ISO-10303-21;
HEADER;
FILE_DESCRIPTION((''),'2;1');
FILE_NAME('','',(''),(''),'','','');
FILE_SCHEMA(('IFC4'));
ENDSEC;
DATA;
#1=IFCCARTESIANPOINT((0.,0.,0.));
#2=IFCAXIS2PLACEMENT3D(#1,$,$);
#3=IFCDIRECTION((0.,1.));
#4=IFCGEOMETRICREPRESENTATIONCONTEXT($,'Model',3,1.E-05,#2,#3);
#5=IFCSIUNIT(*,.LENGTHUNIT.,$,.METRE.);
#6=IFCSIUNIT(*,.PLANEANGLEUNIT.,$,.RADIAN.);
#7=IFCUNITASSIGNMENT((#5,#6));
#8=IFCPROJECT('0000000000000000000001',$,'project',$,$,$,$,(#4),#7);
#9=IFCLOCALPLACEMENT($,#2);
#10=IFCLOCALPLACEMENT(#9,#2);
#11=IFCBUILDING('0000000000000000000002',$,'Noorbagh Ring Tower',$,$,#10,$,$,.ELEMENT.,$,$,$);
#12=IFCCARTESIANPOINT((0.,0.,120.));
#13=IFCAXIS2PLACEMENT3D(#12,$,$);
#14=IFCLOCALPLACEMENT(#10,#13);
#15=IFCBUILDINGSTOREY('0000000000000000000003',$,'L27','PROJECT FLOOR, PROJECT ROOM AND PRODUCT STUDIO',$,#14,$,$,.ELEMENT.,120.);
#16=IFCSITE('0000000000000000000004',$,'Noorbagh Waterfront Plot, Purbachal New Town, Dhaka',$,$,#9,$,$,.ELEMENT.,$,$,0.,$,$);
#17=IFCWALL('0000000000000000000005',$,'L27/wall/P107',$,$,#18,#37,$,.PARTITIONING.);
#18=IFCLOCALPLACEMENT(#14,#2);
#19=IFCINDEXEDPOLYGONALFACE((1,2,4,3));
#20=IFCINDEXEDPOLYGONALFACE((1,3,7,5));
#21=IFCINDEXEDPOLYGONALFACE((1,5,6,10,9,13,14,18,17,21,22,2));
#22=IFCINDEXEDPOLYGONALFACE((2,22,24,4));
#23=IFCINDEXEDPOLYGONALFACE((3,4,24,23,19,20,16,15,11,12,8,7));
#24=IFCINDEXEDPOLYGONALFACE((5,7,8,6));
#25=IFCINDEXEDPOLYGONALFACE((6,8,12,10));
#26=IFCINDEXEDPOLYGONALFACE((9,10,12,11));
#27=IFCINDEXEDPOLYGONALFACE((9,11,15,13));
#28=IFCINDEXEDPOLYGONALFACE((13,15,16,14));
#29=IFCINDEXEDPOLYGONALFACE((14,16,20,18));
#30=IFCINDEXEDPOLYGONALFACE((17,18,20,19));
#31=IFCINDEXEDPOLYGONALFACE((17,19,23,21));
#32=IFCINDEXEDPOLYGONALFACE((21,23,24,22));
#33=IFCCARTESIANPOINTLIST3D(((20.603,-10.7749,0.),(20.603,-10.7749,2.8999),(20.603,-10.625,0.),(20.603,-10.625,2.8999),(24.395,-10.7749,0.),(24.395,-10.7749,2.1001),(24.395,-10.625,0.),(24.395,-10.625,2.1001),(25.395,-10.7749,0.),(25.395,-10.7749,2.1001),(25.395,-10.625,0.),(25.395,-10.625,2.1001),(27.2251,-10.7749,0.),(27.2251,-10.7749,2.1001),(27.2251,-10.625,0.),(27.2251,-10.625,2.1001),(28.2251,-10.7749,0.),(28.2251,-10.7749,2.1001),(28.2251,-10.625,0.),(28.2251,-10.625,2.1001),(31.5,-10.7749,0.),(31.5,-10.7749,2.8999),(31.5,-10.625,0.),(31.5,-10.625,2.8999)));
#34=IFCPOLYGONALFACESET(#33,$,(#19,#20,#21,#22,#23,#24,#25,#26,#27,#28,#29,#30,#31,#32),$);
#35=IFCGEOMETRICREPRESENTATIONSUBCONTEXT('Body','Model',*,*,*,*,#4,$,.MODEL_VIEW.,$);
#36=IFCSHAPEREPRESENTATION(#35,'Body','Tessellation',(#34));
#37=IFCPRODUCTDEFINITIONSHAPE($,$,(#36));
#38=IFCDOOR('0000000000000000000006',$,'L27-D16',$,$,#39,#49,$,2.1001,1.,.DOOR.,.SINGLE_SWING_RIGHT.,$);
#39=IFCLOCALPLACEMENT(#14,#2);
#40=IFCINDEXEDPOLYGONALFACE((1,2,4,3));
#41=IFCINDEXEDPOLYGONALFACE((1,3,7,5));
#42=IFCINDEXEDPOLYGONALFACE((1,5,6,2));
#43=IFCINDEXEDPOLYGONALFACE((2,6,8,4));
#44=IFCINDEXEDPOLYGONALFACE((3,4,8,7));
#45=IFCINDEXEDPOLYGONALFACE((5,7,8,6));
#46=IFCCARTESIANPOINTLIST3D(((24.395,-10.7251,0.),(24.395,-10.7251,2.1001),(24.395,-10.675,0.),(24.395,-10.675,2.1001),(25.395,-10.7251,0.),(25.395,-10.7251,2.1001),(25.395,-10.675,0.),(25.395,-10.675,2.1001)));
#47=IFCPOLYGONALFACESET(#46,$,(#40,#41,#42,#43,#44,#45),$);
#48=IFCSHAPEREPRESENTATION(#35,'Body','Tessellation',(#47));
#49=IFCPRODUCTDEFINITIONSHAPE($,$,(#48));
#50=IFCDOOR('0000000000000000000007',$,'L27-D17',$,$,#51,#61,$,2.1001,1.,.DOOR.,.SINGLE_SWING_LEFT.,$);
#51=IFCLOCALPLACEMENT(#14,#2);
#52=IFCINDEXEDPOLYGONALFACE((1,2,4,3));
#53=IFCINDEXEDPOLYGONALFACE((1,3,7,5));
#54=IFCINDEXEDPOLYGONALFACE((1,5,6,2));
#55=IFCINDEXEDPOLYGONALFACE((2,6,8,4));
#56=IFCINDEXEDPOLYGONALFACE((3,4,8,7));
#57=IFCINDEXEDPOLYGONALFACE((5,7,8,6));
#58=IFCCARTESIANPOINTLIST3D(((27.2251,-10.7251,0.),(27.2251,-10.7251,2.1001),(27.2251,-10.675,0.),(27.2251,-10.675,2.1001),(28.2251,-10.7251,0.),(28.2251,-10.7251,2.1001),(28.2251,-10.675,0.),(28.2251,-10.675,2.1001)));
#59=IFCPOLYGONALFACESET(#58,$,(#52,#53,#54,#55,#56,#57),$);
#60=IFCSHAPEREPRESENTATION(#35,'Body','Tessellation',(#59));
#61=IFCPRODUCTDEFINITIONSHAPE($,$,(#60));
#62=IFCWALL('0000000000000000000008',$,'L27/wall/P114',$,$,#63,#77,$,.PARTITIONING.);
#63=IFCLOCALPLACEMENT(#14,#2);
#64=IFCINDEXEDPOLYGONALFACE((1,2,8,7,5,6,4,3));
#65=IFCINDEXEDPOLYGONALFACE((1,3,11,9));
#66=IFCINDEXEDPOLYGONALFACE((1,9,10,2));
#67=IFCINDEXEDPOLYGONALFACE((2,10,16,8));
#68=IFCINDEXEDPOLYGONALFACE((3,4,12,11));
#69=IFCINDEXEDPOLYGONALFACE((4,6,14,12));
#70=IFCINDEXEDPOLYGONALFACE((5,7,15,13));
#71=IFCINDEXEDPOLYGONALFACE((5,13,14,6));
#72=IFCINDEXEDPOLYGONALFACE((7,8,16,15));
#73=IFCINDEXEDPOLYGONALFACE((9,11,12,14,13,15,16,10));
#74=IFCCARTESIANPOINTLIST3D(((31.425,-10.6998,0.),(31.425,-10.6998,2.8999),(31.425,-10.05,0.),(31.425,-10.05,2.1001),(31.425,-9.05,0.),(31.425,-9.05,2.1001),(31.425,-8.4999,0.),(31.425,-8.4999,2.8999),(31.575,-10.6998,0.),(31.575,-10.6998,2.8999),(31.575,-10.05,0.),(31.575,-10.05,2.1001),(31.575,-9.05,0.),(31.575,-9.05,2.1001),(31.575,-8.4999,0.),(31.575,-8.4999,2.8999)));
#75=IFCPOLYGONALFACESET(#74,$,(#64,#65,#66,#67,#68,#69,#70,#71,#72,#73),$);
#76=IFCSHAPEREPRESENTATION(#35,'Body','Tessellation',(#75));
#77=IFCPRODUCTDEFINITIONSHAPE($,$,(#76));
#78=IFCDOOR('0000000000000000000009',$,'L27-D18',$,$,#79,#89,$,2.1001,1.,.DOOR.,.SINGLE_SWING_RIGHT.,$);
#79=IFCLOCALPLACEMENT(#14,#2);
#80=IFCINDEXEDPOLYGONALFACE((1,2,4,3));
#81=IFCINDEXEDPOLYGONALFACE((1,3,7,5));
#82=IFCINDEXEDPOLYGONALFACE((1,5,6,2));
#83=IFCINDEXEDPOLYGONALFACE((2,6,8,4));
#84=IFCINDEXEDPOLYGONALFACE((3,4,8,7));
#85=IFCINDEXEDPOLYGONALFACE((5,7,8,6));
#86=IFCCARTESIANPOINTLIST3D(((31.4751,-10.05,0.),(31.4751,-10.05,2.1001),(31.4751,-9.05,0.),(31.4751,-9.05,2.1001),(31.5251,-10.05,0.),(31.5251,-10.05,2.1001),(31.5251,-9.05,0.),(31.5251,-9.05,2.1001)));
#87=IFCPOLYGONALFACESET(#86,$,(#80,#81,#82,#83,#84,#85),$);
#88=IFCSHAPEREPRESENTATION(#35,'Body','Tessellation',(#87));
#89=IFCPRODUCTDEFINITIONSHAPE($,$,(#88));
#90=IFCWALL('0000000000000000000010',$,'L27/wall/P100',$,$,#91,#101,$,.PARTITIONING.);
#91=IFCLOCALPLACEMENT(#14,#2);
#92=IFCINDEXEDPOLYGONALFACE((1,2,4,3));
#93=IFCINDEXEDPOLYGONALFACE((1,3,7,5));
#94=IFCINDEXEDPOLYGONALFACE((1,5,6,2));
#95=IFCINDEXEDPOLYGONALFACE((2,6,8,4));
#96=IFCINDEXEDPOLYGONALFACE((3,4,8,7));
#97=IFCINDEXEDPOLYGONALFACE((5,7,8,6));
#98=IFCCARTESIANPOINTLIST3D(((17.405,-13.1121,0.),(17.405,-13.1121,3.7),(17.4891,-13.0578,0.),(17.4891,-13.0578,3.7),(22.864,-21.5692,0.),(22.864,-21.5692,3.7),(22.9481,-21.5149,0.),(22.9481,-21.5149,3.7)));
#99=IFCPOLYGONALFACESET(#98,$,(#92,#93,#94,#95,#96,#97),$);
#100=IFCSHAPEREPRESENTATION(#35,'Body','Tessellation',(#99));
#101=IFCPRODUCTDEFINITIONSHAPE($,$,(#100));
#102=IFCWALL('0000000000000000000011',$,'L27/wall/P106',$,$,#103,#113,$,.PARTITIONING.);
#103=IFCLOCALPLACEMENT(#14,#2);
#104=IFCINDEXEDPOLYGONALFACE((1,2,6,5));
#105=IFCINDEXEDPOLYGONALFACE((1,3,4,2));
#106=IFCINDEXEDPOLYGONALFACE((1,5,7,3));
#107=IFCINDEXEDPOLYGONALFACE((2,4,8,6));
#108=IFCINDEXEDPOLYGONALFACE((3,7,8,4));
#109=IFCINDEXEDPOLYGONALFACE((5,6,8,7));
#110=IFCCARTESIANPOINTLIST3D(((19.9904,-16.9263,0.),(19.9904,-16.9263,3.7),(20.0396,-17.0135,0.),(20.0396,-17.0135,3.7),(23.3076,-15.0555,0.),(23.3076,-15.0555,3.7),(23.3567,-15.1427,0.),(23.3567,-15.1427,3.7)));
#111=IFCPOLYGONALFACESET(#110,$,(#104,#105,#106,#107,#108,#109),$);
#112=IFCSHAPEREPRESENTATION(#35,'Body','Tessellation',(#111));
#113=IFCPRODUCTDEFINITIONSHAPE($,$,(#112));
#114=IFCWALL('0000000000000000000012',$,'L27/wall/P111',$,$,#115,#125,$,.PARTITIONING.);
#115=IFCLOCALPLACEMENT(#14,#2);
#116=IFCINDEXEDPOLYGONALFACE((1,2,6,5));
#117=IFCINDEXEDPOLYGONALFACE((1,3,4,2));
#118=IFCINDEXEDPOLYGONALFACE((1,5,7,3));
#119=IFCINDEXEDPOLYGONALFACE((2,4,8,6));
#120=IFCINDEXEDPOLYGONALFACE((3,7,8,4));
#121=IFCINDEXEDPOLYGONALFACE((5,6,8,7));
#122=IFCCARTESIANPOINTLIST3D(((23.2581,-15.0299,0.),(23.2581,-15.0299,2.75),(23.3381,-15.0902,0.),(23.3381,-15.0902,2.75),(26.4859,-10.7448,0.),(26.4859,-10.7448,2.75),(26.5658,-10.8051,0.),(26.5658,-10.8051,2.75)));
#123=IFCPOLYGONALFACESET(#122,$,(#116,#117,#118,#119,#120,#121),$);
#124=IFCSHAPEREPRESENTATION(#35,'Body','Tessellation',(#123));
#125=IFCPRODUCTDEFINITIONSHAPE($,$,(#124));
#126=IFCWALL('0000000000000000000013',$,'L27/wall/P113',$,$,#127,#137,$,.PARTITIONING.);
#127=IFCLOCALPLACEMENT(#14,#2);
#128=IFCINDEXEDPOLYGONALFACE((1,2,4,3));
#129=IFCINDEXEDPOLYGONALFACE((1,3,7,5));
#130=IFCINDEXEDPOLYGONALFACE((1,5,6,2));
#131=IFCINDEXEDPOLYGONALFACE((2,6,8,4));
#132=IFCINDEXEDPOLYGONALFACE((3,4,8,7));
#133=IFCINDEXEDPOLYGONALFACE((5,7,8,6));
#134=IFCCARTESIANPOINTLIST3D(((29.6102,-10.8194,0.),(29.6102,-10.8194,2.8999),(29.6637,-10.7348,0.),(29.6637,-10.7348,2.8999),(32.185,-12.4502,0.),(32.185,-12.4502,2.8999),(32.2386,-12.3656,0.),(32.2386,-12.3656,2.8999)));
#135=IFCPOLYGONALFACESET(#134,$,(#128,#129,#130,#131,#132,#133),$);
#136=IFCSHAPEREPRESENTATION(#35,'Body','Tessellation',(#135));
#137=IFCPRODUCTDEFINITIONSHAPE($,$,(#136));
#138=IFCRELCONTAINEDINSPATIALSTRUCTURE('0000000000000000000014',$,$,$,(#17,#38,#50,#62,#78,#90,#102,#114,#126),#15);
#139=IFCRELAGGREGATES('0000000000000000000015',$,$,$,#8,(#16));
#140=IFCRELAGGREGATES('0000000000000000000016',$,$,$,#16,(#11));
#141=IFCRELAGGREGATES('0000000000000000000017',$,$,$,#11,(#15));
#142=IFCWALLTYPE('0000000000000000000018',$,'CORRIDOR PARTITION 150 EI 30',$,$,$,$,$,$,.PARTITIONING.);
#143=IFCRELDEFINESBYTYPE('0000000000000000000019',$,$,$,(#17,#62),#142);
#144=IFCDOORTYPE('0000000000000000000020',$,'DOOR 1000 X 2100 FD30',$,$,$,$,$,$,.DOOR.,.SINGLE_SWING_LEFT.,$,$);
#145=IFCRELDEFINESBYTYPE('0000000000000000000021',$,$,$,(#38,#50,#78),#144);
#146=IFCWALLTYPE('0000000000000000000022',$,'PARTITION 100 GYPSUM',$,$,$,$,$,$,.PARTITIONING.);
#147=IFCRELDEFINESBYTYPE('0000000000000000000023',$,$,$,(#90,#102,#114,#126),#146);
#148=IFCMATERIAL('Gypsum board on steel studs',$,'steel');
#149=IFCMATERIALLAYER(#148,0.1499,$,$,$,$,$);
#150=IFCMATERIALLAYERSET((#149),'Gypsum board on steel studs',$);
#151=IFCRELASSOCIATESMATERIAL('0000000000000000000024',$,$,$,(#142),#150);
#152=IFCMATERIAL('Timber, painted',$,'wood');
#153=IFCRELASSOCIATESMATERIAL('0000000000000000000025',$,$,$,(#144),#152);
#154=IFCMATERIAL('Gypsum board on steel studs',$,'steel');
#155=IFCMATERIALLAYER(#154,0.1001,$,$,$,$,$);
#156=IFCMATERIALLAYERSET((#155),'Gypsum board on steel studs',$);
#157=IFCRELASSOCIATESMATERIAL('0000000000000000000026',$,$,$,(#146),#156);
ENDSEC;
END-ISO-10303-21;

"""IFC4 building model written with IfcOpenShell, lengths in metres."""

from ifc_helpers import new_model, si_unit, direction, frame, frame_2d, origin, place, context, subcontext, project, spatial, rectangle, extrude, material, layer, layer_set, type_object, element, fill, save


model = new_model("IFC4")

# Units and contexts
model_context = context("Model", 3, precision=1e-05, world=origin(), true_north=direction((0.0, 1.0)))
body_context = subcontext(model_context, "Body", "Model", "MODEL_VIEW")
ifc_project = project(units=[si_unit("LENGTHUNIT", "METRE"), si_unit("PLANEANGLEUNIT", "RADIAN")], contexts=[model_context])

# Site, building, storey
site_placement = place(None, origin())
site = spatial("IfcSite", under=ifc_project, at=site_placement, Name="Noorbagh Waterfront Plot, Purbachal New Town, Dhaka", CompositionType="ELEMENT", RefElevation=0.0)
building_placement = place(site_placement, origin())
building = spatial("IfcBuilding", under=site, at=building_placement, Name="Noorbagh Ring Tower", CompositionType="ELEMENT")
storey_placement = place(building_placement, frame((0.0, 0.0, 120.0)))
storey = spatial("IfcBuildingStorey", under=building, at=storey_placement, Name="L27", Description="PROJECT FLOOR, PROJECT ROOM AND PRODUCT STUDIO", CompositionType="ELEMENT", Elevation=120.0)

# Shared definitions
ifc_material_1 = material(Name="Gypsum board on steel studs", Category="steel")
ifc_layer_1 = layer(ifc_material_1, 0.1499)
ifc_layer_set_1 = layer_set([ifc_layer_1], Name="Gypsum board on steel studs")
wall_type_1 = type_object("IfcWallType", Name="CORRIDOR PARTITION 150 EI 30", PredefinedType="PARTITIONING", material=ifc_layer_set_1)

# Wall, openings, doors
wall_1_placement = place(storey_placement, frame((20.603, -10.7, 0.0), z_axis=(0.0, 0.0, 1.0), x_axis=(1.0, 0.0, 0.0)))
wall_1 = element("IfcWall", 1, at=wall_1_placement, inside=storey, type_object=wall_type_1, Name="L27/wall/P107", PredefinedType="PARTITIONING", context=body_context, shape_type="SweptSolid", body=[
    extrude(rectangle(XDim=10.897, YDim=0.1499, at=frame_2d((5.4485, 0.0))), origin(), (0.0, 0.0, 1.0), 2.8999),
])
opening_1_placement = place(wall_1_placement, frame((3.792, 0.0, 0.0)))
opening_1 = element("IfcOpeningElement", 2, at=opening_1_placement, cuts=wall_1, PredefinedType="OPENING", context=body_context, shape_type="SweptSolid", body=[
    extrude(rectangle(XDim=1.0, YDim=2.1001, at=frame_2d((0.5, 1.05))), frame((0.0, 0.085, 0.0), z_axis=(0.0, -1.0, 0.0), x_axis=(1.0, 0.0, 0.0)), (0.0, 0.0, 1.0), 0.1699),
])
opening_2_placement = place(wall_1_placement, frame((6.6221, 0.0, 0.0)))
opening_2 = element("IfcOpeningElement", 3, at=opening_2_placement, cuts=wall_1, PredefinedType="OPENING", context=body_context, shape_type="SweptSolid", body=[
    extrude(rectangle(XDim=1.0, YDim=2.1001, at=frame_2d((0.5, 1.05))), frame((0.0, 0.085, 0.0), z_axis=(0.0, -1.0, 0.0), x_axis=(1.0, 0.0, 0.0)), (0.0, 0.0, 1.0), 0.1699),
])
ifc_material_2 = material(Name="Timber, painted", Category="wood")
door_type = type_object("IfcDoorType", Name="DOOR 1000 X 2100 FD30", OperationType="SINGLE_SWING_LEFT", PredefinedType="DOOR", material=ifc_material_2)
door_1_placement = place(opening_1_placement, origin())
door_1 = element("IfcDoor", 4, at=door_1_placement, inside=storey, type_object=door_type, Name="L27-D16", OperationType="SINGLE_SWING_RIGHT", OverallHeight=2.1001, OverallWidth=1.0, PredefinedType="DOOR", context=body_context, shape_type="SweptSolid", body=[
    extrude(rectangle(XDim=1.0, YDim=2.1001, at=frame_2d((0.5, 1.05))), frame((0.0, 0.0249, 0.0), z_axis=(0.0, -1.0, 0.0), x_axis=(1.0, 0.0, 0.0)), (0.0, 0.0, 1.0), 0.05),
])
fill(opening_1, door_1)
door_2_placement = place(opening_2_placement, origin())
door_2 = element("IfcDoor", 5, at=door_2_placement, inside=storey, type_object=door_type, Name="L27-D17", OperationType="SINGLE_SWING_LEFT", OverallHeight=2.1001, OverallWidth=1.0, PredefinedType="DOOR", context=body_context, shape_type="SweptSolid", body=[
    extrude(rectangle(XDim=1.0, YDim=2.1001, at=frame_2d((0.5, 1.05))), frame((0.0, 0.0249, 0.0), z_axis=(0.0, -1.0, 0.0), x_axis=(1.0, 0.0, 0.0)), (0.0, 0.0, 1.0), 0.05),
])
fill(opening_2, door_2)

# Wall, opening, door
wall_2_placement = place(storey_placement, frame((31.5, -10.7, 0.0), z_axis=(0.0, 0.0, 1.0), x_axis=(0.0, 1.0, 0.0)))
wall_2 = element("IfcWall", 6, at=wall_2_placement, inside=storey, type_object=wall_type_1, Name="L27/wall/P114", PredefinedType="PARTITIONING", context=body_context, shape_type="SweptSolid", body=[
    extrude(rectangle(XDim=2.2, YDim=0.1499, at=frame_2d((1.1001, 0.0))), origin(), (0.0, 0.0, 1.0), 2.8999),
])
opening_3_placement = place(wall_2_placement, frame((0.6499, 0.0, 0.0)))
opening_3 = element("IfcOpeningElement", 7, at=opening_3_placement, cuts=wall_2, PredefinedType="OPENING", context=body_context, shape_type="SweptSolid", body=[
    extrude(rectangle(XDim=1.0, YDim=2.1001, at=frame_2d((0.5, 1.05))), frame((0.0, 0.085, 0.0), z_axis=(0.0, -1.0, 0.0), x_axis=(1.0, 0.0, 0.0)), (0.0, 0.0, 1.0), 0.1699),
])
door_3_placement = place(opening_3_placement, origin())
door_3 = element("IfcDoor", 8, at=door_3_placement, inside=storey, type_object=door_type, Name="L27-D18", OperationType="SINGLE_SWING_RIGHT", OverallHeight=2.1001, OverallWidth=1.0, PredefinedType="DOOR", context=body_context, shape_type="SweptSolid", body=[
    extrude(rectangle(XDim=1.0, YDim=2.1001, at=frame_2d((0.5, 1.05))), frame((0.0, 0.0249, 0.0), z_axis=(0.0, -1.0, 0.0), x_axis=(1.0, 0.0, 0.0)), (0.0, 0.0, 1.0), 0.05),
])
fill(opening_3, door_3)

# Walls
ifc_material_3 = material(Name="Gypsum board on steel studs", Category="steel")
ifc_layer_2 = layer(ifc_material_3, 0.1001)
ifc_layer_set_2 = layer_set([ifc_layer_2], Name="Gypsum board on steel studs")
wall_type_2 = type_object("IfcWallType", Name="PARTITION 100 GYPSUM", PredefinedType="PARTITIONING", material=ifc_layer_set_2)
wall_3_placement = place(storey_placement, frame((17.447, -13.085, 0.0), z_axis=(0.0, 0.0, 1.0), x_axis=(0.542326, -0.840168, 0.0)))
element("IfcWall", 9, at=wall_3_placement, inside=storey, type_object=wall_type_2, Name="L27/wall/P100", PredefinedType="PARTITIONING", context=body_context, shape_type="SweptSolid", body=[
    extrude(rectangle(XDim=10.0659, YDim=0.1001, at=frame_2d((5.033, 0.0))), origin(), (0.0, 0.0, 1.0), 3.7),
])
wall_4_placement = place(storey_placement, frame((20.0149, -16.97, 0.0), z_axis=(0.0, 0.0, 1.0), x_axis=(0.871019, 0.49125, 0.0)))
element("IfcWall", 10, at=wall_4_placement, inside=storey, type_object=wall_type_2, Name="L27/wall/P106", PredefinedType="PARTITIONING", context=body_context, shape_type="SweptSolid", body=[
    extrude(rectangle(XDim=3.8083, YDim=0.1001, at=frame_2d((1.9043, 0.0))), origin(), (0.0, 0.0, 1.0), 3.7),
])
wall_5_placement = place(storey_placement, frame((23.2981, -15.0601, 0.0), z_axis=(0.0, 0.0, 1.0), x_axis=(0.601659, 0.798753, 0.0)))
element("IfcWall", 11, at=wall_5_placement, inside=storey, type_object=wall_type_2, Name="L27/wall/P111", PredefinedType="PARTITIONING", context=body_context, shape_type="SweptSolid", body=[
    extrude(rectangle(XDim=5.3647, YDim=0.1001, at=frame_2d((2.6824, 0.0))), origin(), (0.0, 0.0, 1.0), 2.75),
])
wall_6_placement = place(storey_placement, frame((29.637, -10.7771, 0.0), z_axis=(0.0, 0.0, 1.0), x_axis=(0.844811, -0.535065, 0.0)))
element("IfcWall", 12, at=wall_6_placement, inside=storey, type_object=wall_type_2, Name="L27/wall/P113", PredefinedType="PARTITIONING", context=body_context, shape_type="SweptSolid", body=[
    extrude(rectangle(XDim=3.0479, YDim=0.1001, at=frame_2d((1.5239, 0.0))), origin(), (0.0, 0.0, 1.0), 2.8999),
])

save(model, "model.ifc")
